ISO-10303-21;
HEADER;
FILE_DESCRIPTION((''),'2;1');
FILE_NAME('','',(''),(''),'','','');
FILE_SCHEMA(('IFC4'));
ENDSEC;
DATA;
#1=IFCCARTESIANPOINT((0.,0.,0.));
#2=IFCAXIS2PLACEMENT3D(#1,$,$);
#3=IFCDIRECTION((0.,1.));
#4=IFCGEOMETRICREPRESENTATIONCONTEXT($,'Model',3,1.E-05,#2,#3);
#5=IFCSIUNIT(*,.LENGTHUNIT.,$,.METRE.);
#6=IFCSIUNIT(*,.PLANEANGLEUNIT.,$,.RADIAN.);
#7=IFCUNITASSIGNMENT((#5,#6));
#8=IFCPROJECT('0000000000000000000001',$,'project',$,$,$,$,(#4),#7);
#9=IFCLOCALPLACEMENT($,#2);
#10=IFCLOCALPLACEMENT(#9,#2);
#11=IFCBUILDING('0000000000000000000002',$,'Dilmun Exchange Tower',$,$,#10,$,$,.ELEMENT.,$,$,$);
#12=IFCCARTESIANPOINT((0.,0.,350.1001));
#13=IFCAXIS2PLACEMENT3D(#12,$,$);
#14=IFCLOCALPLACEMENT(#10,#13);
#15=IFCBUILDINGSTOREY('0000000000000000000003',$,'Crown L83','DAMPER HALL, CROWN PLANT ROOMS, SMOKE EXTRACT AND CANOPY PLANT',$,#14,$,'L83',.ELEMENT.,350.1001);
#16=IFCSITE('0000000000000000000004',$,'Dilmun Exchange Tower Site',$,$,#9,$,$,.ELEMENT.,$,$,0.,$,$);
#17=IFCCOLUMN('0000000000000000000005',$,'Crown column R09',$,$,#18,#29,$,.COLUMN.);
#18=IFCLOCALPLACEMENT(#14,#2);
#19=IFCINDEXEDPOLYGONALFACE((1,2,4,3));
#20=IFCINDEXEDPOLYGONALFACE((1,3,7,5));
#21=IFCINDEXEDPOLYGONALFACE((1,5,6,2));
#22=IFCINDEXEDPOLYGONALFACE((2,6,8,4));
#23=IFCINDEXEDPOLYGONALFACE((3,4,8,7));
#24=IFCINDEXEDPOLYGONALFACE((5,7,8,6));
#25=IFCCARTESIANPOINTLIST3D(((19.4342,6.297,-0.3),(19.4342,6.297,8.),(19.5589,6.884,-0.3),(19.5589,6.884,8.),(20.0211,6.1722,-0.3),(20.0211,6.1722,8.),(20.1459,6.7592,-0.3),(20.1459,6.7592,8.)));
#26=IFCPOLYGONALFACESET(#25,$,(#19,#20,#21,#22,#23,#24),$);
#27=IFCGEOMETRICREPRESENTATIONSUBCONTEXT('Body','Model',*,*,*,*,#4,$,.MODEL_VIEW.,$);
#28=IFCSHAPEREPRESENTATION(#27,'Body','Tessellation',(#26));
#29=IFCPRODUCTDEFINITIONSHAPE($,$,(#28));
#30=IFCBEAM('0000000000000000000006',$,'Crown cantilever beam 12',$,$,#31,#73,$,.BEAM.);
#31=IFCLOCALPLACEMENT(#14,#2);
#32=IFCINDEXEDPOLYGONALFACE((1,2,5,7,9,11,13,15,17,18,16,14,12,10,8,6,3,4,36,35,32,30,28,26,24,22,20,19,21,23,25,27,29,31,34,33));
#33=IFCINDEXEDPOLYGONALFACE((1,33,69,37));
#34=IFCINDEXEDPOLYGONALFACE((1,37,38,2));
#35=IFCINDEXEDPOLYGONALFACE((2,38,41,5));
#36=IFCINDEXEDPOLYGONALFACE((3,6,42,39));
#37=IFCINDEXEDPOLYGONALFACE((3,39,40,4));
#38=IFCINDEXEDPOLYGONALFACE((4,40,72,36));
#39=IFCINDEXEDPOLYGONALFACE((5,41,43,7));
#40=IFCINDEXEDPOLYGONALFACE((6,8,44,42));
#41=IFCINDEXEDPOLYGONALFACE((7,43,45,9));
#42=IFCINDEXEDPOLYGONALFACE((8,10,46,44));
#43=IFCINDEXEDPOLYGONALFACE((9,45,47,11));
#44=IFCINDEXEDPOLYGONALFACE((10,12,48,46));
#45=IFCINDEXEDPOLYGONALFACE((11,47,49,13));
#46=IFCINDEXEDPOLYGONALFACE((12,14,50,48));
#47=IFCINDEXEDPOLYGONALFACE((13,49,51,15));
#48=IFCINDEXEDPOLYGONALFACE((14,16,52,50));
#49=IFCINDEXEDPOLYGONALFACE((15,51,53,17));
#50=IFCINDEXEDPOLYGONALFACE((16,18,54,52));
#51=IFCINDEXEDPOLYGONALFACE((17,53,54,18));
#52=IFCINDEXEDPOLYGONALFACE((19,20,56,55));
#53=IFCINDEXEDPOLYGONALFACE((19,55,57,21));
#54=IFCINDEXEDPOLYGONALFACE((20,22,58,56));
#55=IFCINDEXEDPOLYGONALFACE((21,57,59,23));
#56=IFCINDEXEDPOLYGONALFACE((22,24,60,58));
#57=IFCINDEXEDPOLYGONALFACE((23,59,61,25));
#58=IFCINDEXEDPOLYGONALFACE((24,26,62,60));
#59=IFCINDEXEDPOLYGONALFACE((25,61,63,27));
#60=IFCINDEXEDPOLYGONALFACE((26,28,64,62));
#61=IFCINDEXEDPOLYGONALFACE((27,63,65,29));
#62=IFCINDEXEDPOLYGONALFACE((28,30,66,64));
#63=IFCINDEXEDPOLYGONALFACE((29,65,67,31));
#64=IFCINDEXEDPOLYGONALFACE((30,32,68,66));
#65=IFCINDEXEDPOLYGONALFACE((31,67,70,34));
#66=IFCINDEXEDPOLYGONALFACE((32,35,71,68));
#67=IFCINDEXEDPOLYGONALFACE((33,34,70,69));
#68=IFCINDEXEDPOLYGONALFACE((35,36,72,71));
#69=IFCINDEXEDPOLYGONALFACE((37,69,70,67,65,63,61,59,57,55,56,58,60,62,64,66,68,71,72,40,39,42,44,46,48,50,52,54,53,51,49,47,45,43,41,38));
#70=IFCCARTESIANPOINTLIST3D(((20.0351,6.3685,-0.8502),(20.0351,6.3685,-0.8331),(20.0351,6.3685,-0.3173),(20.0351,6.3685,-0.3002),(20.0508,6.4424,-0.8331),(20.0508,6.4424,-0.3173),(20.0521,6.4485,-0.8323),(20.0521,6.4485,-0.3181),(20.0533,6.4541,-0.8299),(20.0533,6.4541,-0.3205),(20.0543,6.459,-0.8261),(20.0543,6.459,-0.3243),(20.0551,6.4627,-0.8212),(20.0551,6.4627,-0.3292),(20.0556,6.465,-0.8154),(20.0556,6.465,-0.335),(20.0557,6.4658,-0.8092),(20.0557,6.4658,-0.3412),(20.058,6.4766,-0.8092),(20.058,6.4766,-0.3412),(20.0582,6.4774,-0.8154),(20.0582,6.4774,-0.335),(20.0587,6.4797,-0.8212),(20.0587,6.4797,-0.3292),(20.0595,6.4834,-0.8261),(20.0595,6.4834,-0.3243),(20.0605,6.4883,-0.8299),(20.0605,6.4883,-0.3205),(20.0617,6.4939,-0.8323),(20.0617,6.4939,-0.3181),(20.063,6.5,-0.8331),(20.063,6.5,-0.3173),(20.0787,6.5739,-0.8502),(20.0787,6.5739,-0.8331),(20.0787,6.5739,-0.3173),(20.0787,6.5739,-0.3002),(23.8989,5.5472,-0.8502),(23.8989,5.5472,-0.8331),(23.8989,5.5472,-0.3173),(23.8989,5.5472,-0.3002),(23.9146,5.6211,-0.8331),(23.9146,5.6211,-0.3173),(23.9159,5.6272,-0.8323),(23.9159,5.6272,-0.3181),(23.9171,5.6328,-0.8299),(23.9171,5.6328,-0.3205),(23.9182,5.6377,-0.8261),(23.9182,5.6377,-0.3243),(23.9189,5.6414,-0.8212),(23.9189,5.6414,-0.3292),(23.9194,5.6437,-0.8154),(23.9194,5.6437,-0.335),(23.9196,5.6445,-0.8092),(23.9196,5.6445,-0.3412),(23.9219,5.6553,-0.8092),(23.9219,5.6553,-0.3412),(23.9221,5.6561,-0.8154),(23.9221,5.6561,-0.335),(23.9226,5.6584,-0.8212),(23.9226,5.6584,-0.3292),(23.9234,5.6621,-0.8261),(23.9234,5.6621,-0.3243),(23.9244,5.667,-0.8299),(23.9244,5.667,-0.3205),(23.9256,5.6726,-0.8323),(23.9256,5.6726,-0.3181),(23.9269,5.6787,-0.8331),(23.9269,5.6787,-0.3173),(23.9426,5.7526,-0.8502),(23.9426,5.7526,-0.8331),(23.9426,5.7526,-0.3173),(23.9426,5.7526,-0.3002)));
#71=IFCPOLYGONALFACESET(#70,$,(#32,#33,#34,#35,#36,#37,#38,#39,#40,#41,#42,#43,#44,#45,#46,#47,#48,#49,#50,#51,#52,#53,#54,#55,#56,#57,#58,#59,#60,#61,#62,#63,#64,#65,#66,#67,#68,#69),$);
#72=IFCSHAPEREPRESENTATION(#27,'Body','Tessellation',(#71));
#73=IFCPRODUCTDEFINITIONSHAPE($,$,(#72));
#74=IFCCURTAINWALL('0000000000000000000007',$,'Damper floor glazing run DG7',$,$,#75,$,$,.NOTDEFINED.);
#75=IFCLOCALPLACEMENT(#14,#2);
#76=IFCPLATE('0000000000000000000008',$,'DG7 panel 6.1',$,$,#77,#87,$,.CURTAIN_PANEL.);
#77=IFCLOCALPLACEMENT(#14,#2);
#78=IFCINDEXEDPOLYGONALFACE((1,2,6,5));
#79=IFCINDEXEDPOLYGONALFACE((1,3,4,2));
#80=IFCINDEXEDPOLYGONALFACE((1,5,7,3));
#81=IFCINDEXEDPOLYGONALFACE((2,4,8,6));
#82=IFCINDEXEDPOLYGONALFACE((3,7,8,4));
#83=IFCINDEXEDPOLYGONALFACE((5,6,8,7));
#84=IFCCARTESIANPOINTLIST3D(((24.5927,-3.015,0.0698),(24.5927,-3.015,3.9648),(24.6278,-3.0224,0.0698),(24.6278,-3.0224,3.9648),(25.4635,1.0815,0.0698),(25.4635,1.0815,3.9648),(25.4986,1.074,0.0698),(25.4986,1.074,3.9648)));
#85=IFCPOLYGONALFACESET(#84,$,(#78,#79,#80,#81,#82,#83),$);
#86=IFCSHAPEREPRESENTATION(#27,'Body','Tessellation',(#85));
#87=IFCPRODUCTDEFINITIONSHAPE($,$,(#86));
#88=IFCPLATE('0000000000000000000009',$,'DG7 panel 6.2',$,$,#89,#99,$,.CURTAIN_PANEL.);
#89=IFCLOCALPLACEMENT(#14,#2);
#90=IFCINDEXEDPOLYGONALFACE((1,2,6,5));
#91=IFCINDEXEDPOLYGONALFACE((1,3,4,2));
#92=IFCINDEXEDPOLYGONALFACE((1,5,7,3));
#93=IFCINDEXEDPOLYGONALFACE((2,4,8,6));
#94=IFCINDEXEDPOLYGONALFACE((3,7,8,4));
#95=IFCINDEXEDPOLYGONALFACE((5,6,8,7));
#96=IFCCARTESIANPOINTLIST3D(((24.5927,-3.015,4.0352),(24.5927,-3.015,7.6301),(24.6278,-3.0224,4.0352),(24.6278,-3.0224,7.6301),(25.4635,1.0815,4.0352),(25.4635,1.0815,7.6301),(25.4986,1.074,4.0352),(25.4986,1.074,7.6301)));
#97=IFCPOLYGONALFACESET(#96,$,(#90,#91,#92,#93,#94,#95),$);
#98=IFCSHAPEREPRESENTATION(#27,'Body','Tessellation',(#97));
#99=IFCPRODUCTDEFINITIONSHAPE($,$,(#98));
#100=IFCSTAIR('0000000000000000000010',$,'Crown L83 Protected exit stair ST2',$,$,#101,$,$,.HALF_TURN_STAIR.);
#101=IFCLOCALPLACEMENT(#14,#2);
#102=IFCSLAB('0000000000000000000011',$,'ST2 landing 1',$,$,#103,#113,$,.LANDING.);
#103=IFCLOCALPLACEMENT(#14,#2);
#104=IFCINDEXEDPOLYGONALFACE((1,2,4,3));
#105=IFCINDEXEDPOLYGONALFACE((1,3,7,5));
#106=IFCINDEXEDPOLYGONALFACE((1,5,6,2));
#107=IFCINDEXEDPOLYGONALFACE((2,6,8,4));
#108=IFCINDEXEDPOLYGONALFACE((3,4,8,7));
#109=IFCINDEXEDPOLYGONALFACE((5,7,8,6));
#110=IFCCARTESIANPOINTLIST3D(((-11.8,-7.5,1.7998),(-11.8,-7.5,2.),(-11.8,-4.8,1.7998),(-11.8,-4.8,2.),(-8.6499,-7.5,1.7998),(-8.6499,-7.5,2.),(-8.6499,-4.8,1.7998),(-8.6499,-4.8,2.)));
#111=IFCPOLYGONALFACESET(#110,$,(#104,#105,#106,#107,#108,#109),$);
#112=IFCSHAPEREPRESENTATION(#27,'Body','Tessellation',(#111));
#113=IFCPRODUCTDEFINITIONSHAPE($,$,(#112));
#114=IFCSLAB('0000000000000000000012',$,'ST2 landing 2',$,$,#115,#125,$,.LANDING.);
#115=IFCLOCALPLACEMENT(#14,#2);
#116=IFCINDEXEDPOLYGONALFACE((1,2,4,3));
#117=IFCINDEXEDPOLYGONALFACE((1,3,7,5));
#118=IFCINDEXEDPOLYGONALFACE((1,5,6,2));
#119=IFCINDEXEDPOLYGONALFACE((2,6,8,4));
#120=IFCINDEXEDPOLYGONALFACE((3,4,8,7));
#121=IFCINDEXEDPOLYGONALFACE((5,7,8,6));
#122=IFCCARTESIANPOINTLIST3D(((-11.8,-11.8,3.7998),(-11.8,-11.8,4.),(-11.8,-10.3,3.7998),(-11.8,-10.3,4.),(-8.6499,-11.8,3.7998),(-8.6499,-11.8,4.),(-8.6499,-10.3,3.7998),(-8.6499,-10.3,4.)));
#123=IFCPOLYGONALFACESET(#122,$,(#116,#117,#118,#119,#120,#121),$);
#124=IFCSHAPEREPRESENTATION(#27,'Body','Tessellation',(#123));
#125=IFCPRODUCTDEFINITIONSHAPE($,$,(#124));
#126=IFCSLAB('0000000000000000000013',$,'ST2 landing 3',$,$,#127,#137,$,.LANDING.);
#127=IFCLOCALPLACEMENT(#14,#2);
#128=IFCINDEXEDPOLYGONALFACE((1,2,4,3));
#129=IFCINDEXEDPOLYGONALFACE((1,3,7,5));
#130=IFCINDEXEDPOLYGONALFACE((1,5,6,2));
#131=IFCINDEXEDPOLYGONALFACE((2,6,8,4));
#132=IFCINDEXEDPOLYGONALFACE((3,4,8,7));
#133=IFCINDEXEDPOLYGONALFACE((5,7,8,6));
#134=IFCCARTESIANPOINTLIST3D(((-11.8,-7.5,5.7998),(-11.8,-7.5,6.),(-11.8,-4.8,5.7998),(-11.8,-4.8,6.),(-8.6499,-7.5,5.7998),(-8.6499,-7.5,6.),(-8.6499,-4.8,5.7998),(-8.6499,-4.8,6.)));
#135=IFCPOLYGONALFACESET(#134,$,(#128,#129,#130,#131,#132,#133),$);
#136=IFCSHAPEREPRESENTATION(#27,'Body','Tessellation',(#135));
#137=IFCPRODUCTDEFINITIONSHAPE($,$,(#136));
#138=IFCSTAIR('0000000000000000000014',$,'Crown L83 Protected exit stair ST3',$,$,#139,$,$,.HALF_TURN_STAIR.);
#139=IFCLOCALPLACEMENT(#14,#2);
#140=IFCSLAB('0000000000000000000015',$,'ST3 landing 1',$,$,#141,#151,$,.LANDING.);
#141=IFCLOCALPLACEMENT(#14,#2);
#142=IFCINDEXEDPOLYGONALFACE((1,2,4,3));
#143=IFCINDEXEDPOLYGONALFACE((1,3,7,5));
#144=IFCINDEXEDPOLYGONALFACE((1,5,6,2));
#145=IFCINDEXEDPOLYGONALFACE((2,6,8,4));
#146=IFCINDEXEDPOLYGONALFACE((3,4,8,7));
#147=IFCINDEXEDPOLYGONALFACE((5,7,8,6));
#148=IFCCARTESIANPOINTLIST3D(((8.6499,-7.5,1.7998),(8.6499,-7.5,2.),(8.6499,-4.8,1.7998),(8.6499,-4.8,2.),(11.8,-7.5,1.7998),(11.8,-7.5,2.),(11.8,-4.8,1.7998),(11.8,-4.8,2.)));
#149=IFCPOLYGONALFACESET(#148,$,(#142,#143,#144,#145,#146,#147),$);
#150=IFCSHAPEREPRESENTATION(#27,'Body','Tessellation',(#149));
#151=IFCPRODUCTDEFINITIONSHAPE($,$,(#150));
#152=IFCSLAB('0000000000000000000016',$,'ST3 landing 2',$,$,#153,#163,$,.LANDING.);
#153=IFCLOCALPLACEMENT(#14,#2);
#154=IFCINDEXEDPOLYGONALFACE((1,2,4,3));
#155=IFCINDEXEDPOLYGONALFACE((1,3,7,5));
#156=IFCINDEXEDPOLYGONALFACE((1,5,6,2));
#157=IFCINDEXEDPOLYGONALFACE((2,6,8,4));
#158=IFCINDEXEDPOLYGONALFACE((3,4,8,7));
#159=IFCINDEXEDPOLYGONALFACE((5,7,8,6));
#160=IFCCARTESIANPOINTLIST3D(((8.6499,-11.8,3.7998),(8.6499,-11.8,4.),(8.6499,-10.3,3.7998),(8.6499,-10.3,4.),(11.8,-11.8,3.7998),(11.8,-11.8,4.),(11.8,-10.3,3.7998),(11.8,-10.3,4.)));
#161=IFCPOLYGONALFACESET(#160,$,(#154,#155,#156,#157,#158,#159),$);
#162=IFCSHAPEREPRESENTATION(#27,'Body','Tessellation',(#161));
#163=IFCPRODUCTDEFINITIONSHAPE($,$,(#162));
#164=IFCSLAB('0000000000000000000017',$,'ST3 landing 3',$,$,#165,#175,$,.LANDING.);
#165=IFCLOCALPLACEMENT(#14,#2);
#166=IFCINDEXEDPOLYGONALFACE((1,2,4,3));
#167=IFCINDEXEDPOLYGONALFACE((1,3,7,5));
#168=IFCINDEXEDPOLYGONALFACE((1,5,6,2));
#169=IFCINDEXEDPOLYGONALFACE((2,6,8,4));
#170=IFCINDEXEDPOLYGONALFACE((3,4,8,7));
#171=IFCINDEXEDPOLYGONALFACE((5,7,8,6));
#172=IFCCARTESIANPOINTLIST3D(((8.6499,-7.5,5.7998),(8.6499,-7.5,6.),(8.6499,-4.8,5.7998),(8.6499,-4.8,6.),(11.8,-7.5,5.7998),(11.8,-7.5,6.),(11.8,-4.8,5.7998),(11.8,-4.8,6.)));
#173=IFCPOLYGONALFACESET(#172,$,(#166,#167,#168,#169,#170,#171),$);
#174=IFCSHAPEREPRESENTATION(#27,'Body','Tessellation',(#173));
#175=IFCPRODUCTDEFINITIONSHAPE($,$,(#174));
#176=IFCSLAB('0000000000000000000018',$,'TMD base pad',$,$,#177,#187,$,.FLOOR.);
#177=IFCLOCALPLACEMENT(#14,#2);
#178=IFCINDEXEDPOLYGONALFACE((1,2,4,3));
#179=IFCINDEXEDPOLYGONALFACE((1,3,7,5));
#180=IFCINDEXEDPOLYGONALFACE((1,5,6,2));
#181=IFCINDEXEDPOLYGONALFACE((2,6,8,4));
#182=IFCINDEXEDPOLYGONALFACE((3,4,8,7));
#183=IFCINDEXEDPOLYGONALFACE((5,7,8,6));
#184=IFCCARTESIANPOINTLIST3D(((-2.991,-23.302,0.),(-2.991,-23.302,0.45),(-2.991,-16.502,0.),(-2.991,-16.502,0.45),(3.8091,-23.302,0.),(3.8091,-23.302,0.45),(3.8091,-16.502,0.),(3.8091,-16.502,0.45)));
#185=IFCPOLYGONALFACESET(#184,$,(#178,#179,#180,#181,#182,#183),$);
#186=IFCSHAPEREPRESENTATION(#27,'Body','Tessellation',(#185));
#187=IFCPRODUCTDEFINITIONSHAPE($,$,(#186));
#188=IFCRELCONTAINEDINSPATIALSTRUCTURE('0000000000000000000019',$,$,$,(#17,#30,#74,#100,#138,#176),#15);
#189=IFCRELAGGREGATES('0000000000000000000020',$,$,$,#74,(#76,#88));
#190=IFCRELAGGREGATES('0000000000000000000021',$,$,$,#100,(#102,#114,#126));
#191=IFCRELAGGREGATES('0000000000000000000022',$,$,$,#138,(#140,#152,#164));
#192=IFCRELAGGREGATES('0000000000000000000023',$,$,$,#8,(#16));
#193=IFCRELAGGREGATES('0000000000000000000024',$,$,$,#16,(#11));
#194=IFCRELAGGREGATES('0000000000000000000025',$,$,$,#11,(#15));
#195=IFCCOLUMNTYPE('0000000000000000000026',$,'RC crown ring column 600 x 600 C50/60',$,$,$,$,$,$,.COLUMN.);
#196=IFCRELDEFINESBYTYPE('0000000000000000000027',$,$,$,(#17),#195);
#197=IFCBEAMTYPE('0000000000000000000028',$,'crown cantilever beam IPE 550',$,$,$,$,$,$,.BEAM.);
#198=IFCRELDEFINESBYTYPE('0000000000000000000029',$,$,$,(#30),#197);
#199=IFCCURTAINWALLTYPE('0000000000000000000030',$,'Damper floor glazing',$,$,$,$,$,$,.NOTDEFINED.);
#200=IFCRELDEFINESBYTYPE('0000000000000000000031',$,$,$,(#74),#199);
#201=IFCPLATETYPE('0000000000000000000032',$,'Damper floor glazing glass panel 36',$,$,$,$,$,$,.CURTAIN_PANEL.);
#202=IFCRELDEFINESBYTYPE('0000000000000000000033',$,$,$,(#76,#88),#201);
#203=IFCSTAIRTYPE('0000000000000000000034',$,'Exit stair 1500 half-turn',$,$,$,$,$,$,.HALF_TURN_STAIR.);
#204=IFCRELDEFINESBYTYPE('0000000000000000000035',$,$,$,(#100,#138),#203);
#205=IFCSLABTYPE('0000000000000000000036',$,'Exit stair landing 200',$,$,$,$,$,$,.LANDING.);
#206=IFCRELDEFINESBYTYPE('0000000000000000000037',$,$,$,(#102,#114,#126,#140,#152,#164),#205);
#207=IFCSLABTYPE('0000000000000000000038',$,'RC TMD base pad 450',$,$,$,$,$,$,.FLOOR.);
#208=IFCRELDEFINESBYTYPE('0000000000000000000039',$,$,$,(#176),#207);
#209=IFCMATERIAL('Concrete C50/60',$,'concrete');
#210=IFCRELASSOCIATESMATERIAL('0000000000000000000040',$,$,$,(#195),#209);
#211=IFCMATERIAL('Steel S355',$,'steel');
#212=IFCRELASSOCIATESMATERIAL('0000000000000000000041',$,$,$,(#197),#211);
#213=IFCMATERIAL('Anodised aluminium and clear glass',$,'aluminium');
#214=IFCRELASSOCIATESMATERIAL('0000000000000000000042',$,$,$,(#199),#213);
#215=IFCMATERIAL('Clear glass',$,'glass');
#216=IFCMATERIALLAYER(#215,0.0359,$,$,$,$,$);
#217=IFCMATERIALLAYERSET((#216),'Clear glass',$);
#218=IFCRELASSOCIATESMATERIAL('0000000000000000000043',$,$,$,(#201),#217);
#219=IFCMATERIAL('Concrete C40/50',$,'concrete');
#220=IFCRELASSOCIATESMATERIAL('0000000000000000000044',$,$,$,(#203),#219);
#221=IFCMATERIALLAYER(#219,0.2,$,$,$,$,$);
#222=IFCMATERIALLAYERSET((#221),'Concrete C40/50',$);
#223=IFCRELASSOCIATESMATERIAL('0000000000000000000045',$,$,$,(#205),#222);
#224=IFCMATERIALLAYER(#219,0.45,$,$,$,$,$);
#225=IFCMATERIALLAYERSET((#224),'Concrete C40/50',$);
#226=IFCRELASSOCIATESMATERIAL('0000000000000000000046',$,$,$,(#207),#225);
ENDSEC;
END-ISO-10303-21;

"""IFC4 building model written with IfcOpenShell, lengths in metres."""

from ifc_helpers import new_model, si_unit, direction, frame, origin, origin_2d, place, context, subcontext, project, spatial, polyline, rectangle, i_section, outline, extrude, material, layer, layer_set, material_profile, profile_set, type_object, element, aggregate, save


model = new_model("IFC4")

# Units and contexts
model_context = context("Model", 3, precision=1e-05, world=origin(), true_north=direction((0.0, 1.0)))
body_context = subcontext(model_context, "Body", "Model", "MODEL_VIEW")
ifc_project = project(units=[si_unit("LENGTHUNIT", "METRE"), si_unit("PLANEANGLEUNIT", "RADIAN")], contexts=[model_context])

# Site, building, storey
site_placement = place(None, origin())
site = spatial("IfcSite", under=ifc_project, at=site_placement, Name="Dilmun Exchange Tower Site", CompositionType="ELEMENT", RefElevation=0.0)
building_placement = place(site_placement, origin())
building = spatial("IfcBuilding", under=site, at=building_placement, Name="Dilmun Exchange Tower", CompositionType="ELEMENT")
storey_placement = place(building_placement, frame((0.0, 0.0, 350.1001)))
storey = spatial("IfcBuildingStorey", under=building, at=storey_placement, Name="Crown L83", Description="DAMPER HALL, CROWN PLANT ROOMS, SMOKE EXTRACT AND CANOPY PLANT", LongName="L83", CompositionType="ELEMENT", Elevation=350.1001)

# Column
ifc_material_1 = material(Name="Concrete C50/60", Category="concrete")
ifc_material_profile_1 = material_profile(ifc_material_1, rectangle(XDim=0.6001, YDim=0.6001, at=origin_2d()), Name="600 x 600")
ifc_profile_set_1 = profile_set([ifc_material_profile_1], Name="Concrete C50/60")
column_type = type_object("IfcColumnType", Name="RC crown ring column 600 x 600 C50/60", PredefinedType="COLUMN", material=ifc_profile_set_1)
column_placement = place(storey_placement, frame((19.79, 6.5281, -0.3), z_axis=(0.0, 0.0, 1.0), x_axis=(0.207912, 0.978148, 0.0)))
element("IfcColumn", 1, at=column_placement, inside=storey, type_object=column_type, Name="Crown column R09", PredefinedType="COLUMN", context=body_context, shape_type="SweptSolid", body=[
    extrude(rectangle(XDim=0.6001, YDim=0.6001, at=origin_2d()), origin(), (0.0, 0.0, 1.0), 8.3),
])

# Beam
ifc_material_2 = material(Name="Steel S355", Category="steel")
ifc_material_profile_2 = material_profile(ifc_material_2, i_section(OverallWidth=0.21, OverallDepth=0.55, WebThickness=0.011, FlangeThickness=0.0171, FilletRadius=0.0239, at=origin_2d()), Name="IPE 550")
ifc_profile_set_2 = profile_set([ifc_material_profile_2], Name="Steel S355")
beam_type = type_object("IfcBeamType", Name="crown cantilever beam IPE 550", PredefinedType="BEAM", material=ifc_profile_set_2)
beam_placement = place(storey_placement, frame((20.0569, 6.4712, -0.5752), z_axis=(0.978147, -0.207916, 0.0), x_axis=(0.207916, 0.978147, 0.0)))
element("IfcBeam", 2, at=beam_placement, inside=storey, type_object=beam_type, Name="Crown cantilever beam 12", PredefinedType="BEAM", context=body_context, shape_type="SweptSolid", body=[
    extrude(i_section(OverallWidth=0.21, OverallDepth=0.55, WebThickness=0.011, FlangeThickness=0.0171, FilletRadius=0.0239, at=origin_2d()), origin(), (0.0, 0.0, 1.0), 3.9502),
])

# Curtain wall, plates
ifc_material_3 = material(Name="Anodised aluminium and clear glass", Category="aluminium")
curtain_wall_type = type_object("IfcCurtainWallType", Name="Damper floor glazing", PredefinedType="NOTDEFINED", material=ifc_material_3)
curtain_wall_placement = place(storey_placement, origin())
curtain_wall = element("IfcCurtainWall", 3, at=curtain_wall_placement, inside=storey, type_object=curtain_wall_type, Name="Damper floor glazing run DG7", PredefinedType="NOTDEFINED")
ifc_material_4 = material(Name="Clear glass", Category="glass")
ifc_layer_1 = layer(ifc_material_4, 0.0359)
ifc_layer_set_1 = layer_set([ifc_layer_1], Name="Clear glass")
plate_type = type_object("IfcPlateType", Name="Damper floor glazing glass panel 36", PredefinedType="CURTAIN_PANEL", material=ifc_layer_set_1)
plate_1_placement = place(storey_placement, frame((25.0457, -0.9705, 0.0698), z_axis=(0.0, 0.0, 1.0), x_axis=(0.207913, 0.978147, 0.0)))
plate_1 = element("IfcPlate", 4, at=plate_1_placement, type_object=plate_type, Name="DG7 panel 6.1", PredefinedType="CURTAIN_PANEL", context=body_context, shape_type="SweptSolid", body=[
    extrude(rectangle(XDim=4.188, YDim=0.0359, at=origin_2d()), origin(), (0.0, 0.0, 1.0), 3.895),
])
plate_2_placement = place(storey_placement, frame((25.0457, -0.9705, 4.0352), z_axis=(0.0, 0.0, 1.0), x_axis=(0.207913, 0.978147, 0.0)))
plate_2 = element("IfcPlate", 5, at=plate_2_placement, type_object=plate_type, Name="DG7 panel 6.2", PredefinedType="CURTAIN_PANEL", context=body_context, shape_type="SweptSolid", body=[
    extrude(rectangle(XDim=4.188, YDim=0.0359, at=origin_2d()), origin(), (0.0, 0.0, 1.0), 3.595),
])
aggregate(curtain_wall, [plate_1, plate_2])

# Stairs, slabs
ifc_material_5 = material(Name="Concrete C40/50", Category="concrete")
stair_type = type_object("IfcStairType", Name="Exit stair 1500 half-turn", PredefinedType="HALF_TURN_STAIR", material=ifc_material_5)
stair_1_placement = place(storey_placement, origin())
stair_1 = element("IfcStair", 6, at=stair_1_placement, inside=storey, type_object=stair_type, Name="Crown L83 Protected exit stair ST2", PredefinedType="HALF_TURN_STAIR")
ifc_layer_2 = layer(ifc_material_5, 0.2)
ifc_layer_set_2 = layer_set([ifc_layer_2], Name="Concrete C40/50")
slab_type_1 = type_object("IfcSlabType", Name="Exit stair landing 200", PredefinedType="LANDING", material=ifc_layer_set_2)
slab_1_placement = place(storey_placement, frame((0.0, 0.0, 1.7998)))
slab_1 = element("IfcSlab", 7, at=slab_1_placement, type_object=slab_type_1, Name="ST2 landing 1", PredefinedType="LANDING", context=body_context, shape_type="SweptSolid", body=[
    extrude(outline(polyline([(-8.6499, -7.5), (-8.6499, -4.8), (-11.8, -4.8), (-11.8, -7.5), (-8.6499, -7.5)])), origin(), (0.0, 0.0, 1.0), 0.2002),
])
slab_2_placement = place(storey_placement, frame((0.0, 0.0, 3.7998)))
slab_2 = element("IfcSlab", 8, at=slab_2_placement, type_object=slab_type_1, Name="ST2 landing 2", PredefinedType="LANDING", context=body_context, shape_type="SweptSolid", body=[
    extrude(outline(polyline([(-8.6499, -11.8), (-8.6499, -10.3), (-11.8, -10.3), (-11.8, -11.8), (-8.6499, -11.8)])), origin(), (0.0, 0.0, 1.0), 0.2002),
])
slab_3_placement = place(storey_placement, frame((0.0, 0.0, 5.7998)))
slab_3 = element("IfcSlab", 9, at=slab_3_placement, type_object=slab_type_1, Name="ST2 landing 3", PredefinedType="LANDING", context=body_context, shape_type="SweptSolid", body=[
    extrude(outline(polyline([(-8.6499, -7.5), (-8.6499, -4.8), (-11.8, -4.8), (-11.8, -7.5), (-8.6499, -7.5)])), origin(), (0.0, 0.0, 1.0), 0.2002),
])
aggregate(stair_1, [slab_1, slab_2, slab_3])
stair_2_placement = place(storey_placement, origin())
stair_2 = element("IfcStair", 10, at=stair_2_placement, inside=storey, type_object=stair_type, Name="Crown L83 Protected exit stair ST3", PredefinedType="HALF_TURN_STAIR")
slab_4_placement = place(storey_placement, frame((0.0, 0.0, 1.7998)))
slab_4 = element("IfcSlab", 11, at=slab_4_placement, type_object=slab_type_1, Name="ST3 landing 1", PredefinedType="LANDING", context=body_context, shape_type="SweptSolid", body=[
    extrude(outline(polyline([(11.8, -7.5), (11.8, -4.8), (8.6499, -4.8), (8.6499, -7.5), (11.8, -7.5)])), origin(), (0.0, 0.0, 1.0), 0.2002),
])
slab_5_placement = place(storey_placement, frame((0.0, 0.0, 3.7998)))
slab_5 = element("IfcSlab", 12, at=slab_5_placement, type_object=slab_type_1, Name="ST3 landing 2", PredefinedType="LANDING", context=body_context, shape_type="SweptSolid", body=[
    extrude(outline(polyline([(11.8, -11.8), (11.8, -10.3), (8.6499, -10.3), (8.6499, -11.8), (11.8, -11.8)])), origin(), (0.0, 0.0, 1.0), 0.2002),
])
slab_6_placement = place(storey_placement, frame((0.0, 0.0, 5.7998)))
slab_6 = element("IfcSlab", 13, at=slab_6_placement, type_object=slab_type_1, Name="ST3 landing 3", PredefinedType="LANDING", context=body_context, shape_type="SweptSolid", body=[
    extrude(outline(polyline([(11.8, -7.5), (11.8, -4.8), (8.6499, -4.8), (8.6499, -7.5), (11.8, -7.5)])), origin(), (0.0, 0.0, 1.0), 0.2002),
])
aggregate(stair_2, [slab_4, slab_5, slab_6])

# Slab
ifc_layer_3 = layer(ifc_material_5, 0.45)
ifc_layer_set_3 = layer_set([ifc_layer_3], Name="Concrete C40/50")
slab_type_2 = type_object("IfcSlabType", Name="RC TMD base pad 450", PredefinedType="FLOOR", material=ifc_layer_set_3)
slab_7_placement = place(storey_placement, origin())
element("IfcSlab", 14, at=slab_7_placement, inside=storey, type_object=slab_type_2, Name="TMD base pad", PredefinedType="FLOOR", context=body_context, shape_type="SweptSolid", body=[
    extrude(outline(polyline([(-2.991, -23.302), (3.8091, -23.302), (3.8091, -16.502), (-2.991, -16.502), (-2.991, -23.302)])), origin(), (0.0, 0.0, 1.0), 0.45),
])

save(model, "model.ifc")
